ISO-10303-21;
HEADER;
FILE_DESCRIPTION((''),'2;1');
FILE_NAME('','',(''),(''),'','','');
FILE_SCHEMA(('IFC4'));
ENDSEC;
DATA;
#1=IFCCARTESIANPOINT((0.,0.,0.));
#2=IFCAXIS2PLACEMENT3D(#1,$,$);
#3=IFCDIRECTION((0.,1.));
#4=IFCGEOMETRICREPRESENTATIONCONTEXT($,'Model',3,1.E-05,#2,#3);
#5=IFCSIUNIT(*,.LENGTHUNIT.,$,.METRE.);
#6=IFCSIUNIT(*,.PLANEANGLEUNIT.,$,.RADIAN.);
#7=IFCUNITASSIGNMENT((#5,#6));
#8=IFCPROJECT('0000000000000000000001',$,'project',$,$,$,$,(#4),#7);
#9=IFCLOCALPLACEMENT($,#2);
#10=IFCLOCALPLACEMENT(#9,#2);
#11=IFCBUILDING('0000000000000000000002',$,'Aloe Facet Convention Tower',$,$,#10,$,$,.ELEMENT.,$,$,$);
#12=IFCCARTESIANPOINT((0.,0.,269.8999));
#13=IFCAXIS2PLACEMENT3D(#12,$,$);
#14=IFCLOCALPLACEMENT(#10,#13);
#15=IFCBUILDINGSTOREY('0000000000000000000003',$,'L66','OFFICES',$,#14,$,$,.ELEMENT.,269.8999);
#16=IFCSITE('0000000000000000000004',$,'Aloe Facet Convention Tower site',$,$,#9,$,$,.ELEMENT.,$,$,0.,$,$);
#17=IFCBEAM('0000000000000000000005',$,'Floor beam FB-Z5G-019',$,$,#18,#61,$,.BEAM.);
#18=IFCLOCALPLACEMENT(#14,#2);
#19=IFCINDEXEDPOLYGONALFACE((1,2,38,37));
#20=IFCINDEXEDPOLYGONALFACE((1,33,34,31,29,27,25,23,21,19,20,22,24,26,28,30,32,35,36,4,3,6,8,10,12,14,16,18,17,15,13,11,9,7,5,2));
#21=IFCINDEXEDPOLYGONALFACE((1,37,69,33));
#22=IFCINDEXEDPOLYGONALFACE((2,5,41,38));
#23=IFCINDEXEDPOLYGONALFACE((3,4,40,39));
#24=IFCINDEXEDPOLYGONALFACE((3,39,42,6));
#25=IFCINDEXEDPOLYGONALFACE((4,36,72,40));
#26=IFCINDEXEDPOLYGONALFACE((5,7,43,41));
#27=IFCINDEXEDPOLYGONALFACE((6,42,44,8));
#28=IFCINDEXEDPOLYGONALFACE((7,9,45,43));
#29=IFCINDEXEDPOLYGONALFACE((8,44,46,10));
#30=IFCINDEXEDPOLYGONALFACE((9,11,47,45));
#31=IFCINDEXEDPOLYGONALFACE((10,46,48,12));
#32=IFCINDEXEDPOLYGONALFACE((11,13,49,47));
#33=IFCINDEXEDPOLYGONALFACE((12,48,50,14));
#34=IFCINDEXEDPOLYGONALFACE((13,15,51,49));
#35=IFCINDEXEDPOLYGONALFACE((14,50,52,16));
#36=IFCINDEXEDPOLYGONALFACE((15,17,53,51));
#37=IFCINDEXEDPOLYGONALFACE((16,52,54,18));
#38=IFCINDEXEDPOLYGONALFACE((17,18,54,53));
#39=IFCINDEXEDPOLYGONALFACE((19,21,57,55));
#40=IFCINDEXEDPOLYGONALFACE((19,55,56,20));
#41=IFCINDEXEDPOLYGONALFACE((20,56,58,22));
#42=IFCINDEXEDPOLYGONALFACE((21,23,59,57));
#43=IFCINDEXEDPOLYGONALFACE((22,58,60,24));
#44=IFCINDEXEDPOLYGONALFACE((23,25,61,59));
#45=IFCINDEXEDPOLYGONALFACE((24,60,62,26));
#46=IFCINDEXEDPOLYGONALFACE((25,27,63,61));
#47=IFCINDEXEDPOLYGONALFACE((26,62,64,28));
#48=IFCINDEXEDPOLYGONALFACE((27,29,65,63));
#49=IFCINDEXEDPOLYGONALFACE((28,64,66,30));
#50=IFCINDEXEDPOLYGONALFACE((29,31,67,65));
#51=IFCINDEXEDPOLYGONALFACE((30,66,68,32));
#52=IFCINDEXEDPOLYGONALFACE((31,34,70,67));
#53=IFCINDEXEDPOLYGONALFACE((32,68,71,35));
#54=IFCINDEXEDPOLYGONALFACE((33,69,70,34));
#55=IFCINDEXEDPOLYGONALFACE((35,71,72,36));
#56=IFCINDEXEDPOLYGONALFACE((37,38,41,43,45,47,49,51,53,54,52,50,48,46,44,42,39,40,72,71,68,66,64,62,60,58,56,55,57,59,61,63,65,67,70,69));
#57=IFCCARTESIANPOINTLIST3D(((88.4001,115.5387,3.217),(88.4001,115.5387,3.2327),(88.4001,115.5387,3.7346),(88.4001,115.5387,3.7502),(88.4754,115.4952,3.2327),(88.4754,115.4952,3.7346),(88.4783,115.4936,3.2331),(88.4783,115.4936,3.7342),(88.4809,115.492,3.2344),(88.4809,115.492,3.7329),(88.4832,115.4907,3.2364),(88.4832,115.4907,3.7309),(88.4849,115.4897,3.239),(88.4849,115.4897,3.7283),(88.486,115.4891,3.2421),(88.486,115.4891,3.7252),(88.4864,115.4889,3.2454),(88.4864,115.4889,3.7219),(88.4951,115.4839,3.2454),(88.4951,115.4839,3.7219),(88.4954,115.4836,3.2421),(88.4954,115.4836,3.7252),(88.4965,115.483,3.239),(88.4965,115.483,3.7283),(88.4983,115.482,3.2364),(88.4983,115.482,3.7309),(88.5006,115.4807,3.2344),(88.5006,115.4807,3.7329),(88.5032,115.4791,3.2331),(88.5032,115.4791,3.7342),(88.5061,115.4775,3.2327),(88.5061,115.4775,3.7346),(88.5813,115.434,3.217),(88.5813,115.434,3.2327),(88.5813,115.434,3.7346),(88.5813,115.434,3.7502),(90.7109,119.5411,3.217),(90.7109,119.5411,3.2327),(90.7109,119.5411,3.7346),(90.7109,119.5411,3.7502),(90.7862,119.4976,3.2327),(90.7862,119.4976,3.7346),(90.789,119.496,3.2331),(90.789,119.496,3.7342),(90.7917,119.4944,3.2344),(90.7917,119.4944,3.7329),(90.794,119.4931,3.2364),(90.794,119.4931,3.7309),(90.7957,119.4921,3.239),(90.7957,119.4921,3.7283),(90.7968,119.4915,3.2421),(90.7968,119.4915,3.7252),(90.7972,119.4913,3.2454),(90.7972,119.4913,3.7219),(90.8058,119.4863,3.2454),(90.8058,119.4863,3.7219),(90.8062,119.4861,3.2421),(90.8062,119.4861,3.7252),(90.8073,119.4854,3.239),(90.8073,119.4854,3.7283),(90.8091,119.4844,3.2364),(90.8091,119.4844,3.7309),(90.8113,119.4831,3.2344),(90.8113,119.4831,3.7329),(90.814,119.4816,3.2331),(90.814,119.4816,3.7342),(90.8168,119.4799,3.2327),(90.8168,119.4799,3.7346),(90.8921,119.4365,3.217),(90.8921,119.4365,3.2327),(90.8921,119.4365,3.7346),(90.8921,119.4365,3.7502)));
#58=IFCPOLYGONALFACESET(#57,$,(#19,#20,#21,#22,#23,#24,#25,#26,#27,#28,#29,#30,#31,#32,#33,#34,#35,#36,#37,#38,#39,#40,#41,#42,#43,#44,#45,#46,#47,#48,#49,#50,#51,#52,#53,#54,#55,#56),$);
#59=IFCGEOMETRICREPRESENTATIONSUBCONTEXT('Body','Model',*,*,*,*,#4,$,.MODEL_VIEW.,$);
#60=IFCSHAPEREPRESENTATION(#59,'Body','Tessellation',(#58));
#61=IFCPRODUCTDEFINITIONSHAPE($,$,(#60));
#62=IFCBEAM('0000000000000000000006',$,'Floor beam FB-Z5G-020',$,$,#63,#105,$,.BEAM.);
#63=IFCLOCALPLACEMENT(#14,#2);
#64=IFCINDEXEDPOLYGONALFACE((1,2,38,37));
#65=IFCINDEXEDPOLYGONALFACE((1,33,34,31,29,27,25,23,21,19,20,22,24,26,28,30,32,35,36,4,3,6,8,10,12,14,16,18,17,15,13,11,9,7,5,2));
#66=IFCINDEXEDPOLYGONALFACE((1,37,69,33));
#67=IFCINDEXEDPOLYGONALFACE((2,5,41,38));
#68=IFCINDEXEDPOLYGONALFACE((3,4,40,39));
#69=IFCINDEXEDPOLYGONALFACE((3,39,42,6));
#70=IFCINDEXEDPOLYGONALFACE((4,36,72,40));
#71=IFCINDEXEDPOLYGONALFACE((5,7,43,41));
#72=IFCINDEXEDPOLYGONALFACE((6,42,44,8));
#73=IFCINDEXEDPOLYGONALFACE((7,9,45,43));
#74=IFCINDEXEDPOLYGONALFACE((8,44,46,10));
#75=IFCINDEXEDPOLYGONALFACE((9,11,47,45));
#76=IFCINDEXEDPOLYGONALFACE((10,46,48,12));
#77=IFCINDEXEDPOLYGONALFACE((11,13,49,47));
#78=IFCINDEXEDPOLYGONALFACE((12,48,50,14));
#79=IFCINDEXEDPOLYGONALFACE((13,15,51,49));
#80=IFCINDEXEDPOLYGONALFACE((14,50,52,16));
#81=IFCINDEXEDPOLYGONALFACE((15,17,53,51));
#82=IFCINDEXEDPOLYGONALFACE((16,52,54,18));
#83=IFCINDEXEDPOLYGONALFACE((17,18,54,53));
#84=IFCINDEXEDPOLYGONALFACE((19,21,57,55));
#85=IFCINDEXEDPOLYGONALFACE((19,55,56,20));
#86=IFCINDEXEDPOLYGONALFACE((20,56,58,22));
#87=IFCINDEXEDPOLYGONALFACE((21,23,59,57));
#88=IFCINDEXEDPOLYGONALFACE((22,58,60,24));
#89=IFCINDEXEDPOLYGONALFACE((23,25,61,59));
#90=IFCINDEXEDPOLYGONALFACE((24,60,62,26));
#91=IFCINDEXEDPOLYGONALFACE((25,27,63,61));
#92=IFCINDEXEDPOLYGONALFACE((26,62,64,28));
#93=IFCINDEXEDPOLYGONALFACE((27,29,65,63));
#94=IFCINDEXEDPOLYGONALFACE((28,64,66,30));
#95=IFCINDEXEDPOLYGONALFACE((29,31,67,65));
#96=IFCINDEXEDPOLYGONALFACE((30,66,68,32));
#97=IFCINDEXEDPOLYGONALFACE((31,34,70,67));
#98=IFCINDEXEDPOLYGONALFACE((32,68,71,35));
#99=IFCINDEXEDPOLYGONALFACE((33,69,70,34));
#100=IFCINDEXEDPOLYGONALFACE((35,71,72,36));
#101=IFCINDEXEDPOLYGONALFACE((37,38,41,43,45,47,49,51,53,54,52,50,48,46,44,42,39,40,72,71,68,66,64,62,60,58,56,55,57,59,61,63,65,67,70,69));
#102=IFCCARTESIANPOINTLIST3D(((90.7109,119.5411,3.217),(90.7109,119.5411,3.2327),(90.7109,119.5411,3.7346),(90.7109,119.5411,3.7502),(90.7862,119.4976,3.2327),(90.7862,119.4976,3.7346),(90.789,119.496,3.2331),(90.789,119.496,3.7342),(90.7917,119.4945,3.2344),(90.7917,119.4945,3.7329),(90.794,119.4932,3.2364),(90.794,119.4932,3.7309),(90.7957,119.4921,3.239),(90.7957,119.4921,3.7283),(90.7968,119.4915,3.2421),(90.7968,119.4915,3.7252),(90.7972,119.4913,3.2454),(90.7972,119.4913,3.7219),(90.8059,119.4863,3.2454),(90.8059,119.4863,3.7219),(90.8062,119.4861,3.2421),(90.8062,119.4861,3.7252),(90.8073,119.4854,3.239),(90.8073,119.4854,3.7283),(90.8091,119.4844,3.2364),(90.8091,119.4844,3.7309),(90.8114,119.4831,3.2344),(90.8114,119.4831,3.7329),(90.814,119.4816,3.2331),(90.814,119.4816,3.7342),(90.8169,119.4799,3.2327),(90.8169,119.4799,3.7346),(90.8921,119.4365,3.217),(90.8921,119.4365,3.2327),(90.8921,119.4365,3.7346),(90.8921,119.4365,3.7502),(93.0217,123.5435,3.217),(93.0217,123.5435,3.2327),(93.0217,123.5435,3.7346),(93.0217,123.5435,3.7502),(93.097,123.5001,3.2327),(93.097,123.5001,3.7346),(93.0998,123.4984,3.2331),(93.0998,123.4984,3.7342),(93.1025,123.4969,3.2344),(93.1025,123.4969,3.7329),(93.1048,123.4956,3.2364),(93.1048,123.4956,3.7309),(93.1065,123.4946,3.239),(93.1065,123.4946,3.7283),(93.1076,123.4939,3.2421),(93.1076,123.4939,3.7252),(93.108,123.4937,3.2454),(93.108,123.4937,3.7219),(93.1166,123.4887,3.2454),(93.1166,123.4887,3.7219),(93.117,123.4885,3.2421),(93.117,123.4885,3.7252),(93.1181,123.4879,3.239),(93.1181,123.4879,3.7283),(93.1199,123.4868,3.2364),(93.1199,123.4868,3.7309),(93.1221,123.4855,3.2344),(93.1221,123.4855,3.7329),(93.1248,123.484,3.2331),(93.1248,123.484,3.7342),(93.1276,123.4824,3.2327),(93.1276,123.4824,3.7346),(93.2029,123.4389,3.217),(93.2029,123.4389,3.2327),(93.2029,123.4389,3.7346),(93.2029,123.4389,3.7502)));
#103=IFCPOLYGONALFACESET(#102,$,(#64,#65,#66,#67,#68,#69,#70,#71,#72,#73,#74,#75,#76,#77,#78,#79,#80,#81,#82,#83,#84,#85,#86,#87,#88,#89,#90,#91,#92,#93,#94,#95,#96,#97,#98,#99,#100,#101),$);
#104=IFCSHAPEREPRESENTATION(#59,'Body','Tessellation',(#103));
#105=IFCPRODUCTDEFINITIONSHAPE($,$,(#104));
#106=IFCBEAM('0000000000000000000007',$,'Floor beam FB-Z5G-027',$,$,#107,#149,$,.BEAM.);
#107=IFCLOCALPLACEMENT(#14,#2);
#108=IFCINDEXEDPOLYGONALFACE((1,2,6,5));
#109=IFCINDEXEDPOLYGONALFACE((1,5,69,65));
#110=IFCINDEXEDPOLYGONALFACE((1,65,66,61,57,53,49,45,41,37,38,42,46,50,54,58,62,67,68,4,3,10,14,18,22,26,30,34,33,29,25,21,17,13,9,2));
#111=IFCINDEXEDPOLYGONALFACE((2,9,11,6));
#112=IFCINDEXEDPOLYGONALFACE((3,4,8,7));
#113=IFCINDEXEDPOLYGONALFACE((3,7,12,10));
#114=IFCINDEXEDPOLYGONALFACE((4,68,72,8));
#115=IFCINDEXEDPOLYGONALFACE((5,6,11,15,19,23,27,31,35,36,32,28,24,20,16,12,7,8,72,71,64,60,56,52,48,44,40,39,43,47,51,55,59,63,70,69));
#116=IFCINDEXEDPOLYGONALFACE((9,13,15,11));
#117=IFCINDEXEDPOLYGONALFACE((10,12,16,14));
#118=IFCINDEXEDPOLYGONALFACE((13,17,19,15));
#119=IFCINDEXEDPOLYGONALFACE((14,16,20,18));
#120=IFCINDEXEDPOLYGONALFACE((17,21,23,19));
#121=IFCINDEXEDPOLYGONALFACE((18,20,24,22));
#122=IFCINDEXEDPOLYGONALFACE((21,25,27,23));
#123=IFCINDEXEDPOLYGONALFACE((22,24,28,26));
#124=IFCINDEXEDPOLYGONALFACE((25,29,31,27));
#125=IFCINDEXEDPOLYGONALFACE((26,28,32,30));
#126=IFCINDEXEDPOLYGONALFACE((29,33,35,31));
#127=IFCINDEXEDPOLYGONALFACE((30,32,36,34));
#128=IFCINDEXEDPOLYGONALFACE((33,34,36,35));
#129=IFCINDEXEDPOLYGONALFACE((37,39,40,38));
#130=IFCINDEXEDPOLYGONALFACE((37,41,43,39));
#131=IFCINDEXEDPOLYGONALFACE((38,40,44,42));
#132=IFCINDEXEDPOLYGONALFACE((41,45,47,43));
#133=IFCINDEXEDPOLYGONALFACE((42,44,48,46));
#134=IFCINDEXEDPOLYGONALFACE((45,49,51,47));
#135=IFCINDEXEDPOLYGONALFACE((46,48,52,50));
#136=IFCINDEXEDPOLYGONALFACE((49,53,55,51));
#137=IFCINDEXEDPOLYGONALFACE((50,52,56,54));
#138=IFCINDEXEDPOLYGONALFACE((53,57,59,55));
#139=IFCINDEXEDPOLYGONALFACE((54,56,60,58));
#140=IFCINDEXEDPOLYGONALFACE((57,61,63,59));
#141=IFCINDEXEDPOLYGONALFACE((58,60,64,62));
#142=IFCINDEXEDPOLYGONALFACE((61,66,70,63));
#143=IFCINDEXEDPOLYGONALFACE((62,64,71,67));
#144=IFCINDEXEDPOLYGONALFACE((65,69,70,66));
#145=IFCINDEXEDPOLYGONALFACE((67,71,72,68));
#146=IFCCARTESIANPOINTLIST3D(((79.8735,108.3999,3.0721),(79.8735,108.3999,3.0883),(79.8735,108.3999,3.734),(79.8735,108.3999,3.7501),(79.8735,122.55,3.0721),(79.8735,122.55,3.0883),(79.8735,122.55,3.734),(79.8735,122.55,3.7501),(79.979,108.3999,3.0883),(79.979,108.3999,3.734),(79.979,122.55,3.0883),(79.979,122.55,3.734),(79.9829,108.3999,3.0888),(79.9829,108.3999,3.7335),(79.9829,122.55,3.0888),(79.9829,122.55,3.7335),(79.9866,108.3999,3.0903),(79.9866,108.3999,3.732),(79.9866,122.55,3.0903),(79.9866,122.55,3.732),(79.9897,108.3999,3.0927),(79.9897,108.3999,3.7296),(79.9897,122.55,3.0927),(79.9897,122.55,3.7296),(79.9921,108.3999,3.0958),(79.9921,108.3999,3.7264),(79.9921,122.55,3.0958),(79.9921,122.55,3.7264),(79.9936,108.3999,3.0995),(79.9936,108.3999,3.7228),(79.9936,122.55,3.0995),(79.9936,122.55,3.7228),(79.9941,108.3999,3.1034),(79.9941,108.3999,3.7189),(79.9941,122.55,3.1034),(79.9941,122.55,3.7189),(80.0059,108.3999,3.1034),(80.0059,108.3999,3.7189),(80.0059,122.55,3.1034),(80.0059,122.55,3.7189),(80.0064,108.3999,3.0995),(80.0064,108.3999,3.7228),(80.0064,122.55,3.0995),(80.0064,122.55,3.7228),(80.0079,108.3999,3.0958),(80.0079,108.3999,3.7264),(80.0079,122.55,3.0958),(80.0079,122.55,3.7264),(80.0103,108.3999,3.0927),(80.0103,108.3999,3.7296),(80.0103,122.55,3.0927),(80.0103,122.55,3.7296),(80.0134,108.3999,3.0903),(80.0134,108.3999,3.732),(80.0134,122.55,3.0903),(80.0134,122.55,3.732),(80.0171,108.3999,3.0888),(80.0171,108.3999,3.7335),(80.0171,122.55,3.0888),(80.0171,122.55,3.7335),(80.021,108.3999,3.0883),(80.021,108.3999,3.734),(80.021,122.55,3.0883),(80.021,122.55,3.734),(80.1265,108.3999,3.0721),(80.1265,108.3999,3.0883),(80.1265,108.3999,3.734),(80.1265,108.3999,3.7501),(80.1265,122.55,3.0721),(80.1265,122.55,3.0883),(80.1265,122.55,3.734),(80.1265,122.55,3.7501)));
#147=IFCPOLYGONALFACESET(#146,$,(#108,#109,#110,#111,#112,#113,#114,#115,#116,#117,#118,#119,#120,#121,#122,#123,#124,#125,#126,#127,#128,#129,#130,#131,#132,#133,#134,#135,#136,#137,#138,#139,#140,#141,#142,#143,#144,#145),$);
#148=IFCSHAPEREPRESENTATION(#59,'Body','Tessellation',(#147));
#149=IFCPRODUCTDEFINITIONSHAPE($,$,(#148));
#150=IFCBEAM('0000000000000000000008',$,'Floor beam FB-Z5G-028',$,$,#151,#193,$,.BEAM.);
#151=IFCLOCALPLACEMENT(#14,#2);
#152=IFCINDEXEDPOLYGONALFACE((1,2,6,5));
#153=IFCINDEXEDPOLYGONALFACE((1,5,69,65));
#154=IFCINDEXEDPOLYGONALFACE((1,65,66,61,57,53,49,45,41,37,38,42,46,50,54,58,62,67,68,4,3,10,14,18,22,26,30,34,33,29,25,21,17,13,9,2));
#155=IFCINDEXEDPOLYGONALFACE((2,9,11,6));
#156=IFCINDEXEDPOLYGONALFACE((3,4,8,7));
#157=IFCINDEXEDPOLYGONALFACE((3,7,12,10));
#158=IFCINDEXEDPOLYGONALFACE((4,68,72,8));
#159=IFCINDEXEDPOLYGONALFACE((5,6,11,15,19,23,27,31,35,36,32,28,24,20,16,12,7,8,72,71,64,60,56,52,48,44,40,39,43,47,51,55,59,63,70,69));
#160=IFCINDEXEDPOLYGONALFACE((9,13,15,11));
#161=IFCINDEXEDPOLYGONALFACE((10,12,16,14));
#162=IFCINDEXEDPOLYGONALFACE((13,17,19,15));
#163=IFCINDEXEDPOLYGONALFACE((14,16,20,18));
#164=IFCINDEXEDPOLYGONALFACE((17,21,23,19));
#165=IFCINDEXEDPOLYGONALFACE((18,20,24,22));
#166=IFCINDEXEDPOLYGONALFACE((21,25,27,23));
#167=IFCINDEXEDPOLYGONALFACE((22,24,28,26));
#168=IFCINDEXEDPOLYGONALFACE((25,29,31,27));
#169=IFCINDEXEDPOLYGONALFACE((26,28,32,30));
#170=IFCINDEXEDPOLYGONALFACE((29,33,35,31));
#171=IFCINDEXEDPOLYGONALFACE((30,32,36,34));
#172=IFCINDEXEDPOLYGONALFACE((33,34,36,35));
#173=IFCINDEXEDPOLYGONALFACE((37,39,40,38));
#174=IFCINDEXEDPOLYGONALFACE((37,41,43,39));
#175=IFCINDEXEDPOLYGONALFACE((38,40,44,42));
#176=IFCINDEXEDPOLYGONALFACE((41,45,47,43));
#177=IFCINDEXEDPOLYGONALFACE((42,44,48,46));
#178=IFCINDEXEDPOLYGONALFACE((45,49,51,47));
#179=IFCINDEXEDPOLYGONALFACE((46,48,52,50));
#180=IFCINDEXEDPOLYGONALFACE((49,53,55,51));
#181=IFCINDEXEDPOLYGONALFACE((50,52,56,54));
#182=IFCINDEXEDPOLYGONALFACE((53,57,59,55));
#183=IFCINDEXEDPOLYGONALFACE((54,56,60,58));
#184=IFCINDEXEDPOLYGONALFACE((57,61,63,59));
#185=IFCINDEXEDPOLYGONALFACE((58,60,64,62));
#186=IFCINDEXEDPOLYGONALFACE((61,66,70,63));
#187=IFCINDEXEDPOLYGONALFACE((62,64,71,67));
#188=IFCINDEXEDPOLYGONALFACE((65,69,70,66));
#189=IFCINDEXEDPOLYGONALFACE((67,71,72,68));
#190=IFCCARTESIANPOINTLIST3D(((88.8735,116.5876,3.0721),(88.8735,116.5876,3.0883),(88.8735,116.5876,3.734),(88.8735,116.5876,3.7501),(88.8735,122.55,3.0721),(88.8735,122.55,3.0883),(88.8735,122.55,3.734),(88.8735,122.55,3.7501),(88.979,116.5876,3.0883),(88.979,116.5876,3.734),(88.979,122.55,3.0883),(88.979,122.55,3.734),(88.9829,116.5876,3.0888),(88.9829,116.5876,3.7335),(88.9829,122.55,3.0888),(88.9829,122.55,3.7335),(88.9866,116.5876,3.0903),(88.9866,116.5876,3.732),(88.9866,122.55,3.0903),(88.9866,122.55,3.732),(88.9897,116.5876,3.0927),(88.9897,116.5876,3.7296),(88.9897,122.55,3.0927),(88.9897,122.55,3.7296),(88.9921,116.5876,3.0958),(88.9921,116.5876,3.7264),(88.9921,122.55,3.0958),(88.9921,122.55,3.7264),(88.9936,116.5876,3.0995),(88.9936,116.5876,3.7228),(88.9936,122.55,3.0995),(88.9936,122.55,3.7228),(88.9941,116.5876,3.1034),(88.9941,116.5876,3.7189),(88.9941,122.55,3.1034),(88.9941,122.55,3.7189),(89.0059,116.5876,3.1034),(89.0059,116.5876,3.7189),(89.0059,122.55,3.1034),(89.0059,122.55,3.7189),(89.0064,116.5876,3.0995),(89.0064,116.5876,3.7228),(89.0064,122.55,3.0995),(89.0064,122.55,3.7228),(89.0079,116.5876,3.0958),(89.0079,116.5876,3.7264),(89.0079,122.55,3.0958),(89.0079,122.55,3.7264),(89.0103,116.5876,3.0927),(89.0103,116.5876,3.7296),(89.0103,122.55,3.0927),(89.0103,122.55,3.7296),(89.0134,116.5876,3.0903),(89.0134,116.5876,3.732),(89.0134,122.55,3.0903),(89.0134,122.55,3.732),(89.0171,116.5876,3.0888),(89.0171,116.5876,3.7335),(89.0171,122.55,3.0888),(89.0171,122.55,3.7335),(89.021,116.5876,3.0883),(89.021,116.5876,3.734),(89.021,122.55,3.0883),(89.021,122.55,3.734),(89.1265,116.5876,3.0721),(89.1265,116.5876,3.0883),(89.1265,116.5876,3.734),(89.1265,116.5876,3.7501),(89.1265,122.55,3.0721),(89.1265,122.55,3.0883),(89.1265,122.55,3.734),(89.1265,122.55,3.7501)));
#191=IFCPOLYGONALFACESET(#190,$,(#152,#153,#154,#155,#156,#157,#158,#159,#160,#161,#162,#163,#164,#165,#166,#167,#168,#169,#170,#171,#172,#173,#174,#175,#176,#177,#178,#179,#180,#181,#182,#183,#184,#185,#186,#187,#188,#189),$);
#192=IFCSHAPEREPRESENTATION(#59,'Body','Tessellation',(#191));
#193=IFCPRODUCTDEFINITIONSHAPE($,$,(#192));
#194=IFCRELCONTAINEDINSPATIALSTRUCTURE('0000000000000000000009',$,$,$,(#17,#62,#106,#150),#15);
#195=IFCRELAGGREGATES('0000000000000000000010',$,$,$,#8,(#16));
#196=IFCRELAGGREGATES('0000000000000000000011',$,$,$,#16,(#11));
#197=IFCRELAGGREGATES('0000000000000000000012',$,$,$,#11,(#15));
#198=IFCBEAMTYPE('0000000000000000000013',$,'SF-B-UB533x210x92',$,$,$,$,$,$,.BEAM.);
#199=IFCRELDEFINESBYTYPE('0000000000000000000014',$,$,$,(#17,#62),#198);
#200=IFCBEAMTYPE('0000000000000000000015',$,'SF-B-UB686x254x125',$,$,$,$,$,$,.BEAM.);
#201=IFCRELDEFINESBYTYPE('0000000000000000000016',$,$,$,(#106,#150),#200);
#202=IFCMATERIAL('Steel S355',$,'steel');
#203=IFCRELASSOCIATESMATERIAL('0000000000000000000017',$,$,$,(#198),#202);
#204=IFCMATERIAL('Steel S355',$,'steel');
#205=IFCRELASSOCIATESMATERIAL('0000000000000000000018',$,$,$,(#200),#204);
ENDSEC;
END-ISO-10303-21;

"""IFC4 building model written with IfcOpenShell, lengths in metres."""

from ifc_helpers import new_model, si_unit, direction, frame, origin, origin_2d, place, context, subcontext, project, spatial, i_section, extrude, material, material_profile, profile_set, type_object, element, save


model = new_model("IFC4")

# Units and contexts
model_context = context("Model", 3, precision=1e-05, world=origin(), true_north=direction((0.0, 1.0)))
body_context = subcontext(model_context, "Body", "Model", "MODEL_VIEW")
ifc_project = project(units=[si_unit("LENGTHUNIT", "METRE"), si_unit("PLANEANGLEUNIT", "RADIAN")], contexts=[model_context])

# Site, building, storey
site_placement = place(None, origin())
site = spatial("IfcSite", under=ifc_project, at=site_placement, Name="Aloe Facet Convention Tower site", CompositionType="ELEMENT", RefElevation=0.0)
building_placement = place(site_placement, origin())
building = spatial("IfcBuilding", under=site, at=building_placement, Name="Aloe Facet Convention Tower", CompositionType="ELEMENT")
storey_placement = place(building_placement, frame((0.0, 0.0, 269.8999)))
storey = spatial("IfcBuildingStorey", under=building, at=storey_placement, Name="L66", Description="OFFICES", CompositionType="ELEMENT", Elevation=269.8999)

# Beams
ifc_material_1 = material(Name="Steel S355", Category="steel")
ifc_material_profile_1 = material_profile(ifc_material_1, i_section(OverallWidth=0.2092, OverallDepth=0.5332, WebThickness=0.01, FlangeThickness=0.0156, FilletRadius=0.0127, at=origin_2d()), Name="UB 533x210x92")
ifc_profile_set_1 = profile_set([ifc_material_profile_1], Name="Steel S355")
beam_type_1 = type_object("IfcBeamType", Name="SF-B-UB533x210x92", PredefinedType="BEAM", material=ifc_profile_set_1)
for number, where, z_axis, x_axis, name in (
    (1, (90.8015, 119.4888, 3.4836), (-0.499997, -0.866027, 0.0), (0.866027, -0.499997, 0.0), "Floor beam FB-Z5G-019"),
    (2, (93.1123, 123.4912, 3.4836), (-0.499997, -0.866027, 0.0), (0.866027, -0.499997, 0.0), "Floor beam FB-Z5G-020"),
):
    element("IfcBeam", number, at=place(storey_placement, frame(where, z_axis=z_axis, x_axis=x_axis)), inside=storey, type_object=beam_type_1, Name=name, PredefinedType="BEAM", context=body_context, shape_type="SweptSolid", body=[
        extrude(i_section(OverallWidth=0.2092, OverallDepth=0.5332, WebThickness=0.01, FlangeThickness=0.0156, FilletRadius=0.0127, at=origin_2d()), origin(), (0.0, 0.0, 1.0), 4.6216),
    ])
ifc_material_2 = material(Name="Steel S355", Category="steel")
ifc_material_profile_2 = material_profile(ifc_material_2, i_section(OverallWidth=0.2529, OverallDepth=0.678, WebThickness=0.0117, FlangeThickness=0.0161, FilletRadius=0.0151, at=origin_2d()), Name="UB 686x254x125")
ifc_profile_set_2 = profile_set([ifc_material_profile_2], Name="Steel S355")
beam_type_2 = type_object("IfcBeamType", Name="SF-B-UB686x254x125", PredefinedType="BEAM", material=ifc_profile_set_2)
beam_1_placement = place(storey_placement, frame((80.0, 122.55, 3.4111), z_axis=(0.0, -1.0, 0.0), x_axis=(1.0, 0.0, 0.0)))
element("IfcBeam", 3, at=beam_1_placement, inside=storey, type_object=beam_type_2, Name="Floor beam FB-Z5G-027", PredefinedType="BEAM", context=body_context, shape_type="SweptSolid", body=[
    extrude(i_section(OverallWidth=0.2529, OverallDepth=0.678, WebThickness=0.0117, FlangeThickness=0.0161, FilletRadius=0.0151, at=origin_2d()), origin(), (0.0, 0.0, 1.0), 14.1501),
])
beam_2_placement = place(storey_placement, frame((89.0, 122.55, 3.4111), z_axis=(0.0, -1.0, 0.0), x_axis=(1.0, 0.0, 0.0)))
element("IfcBeam", 4, at=beam_2_placement, inside=storey, type_object=beam_type_2, Name="Floor beam FB-Z5G-028", PredefinedType="BEAM", context=body_context, shape_type="SweptSolid", body=[
    extrude(i_section(OverallWidth=0.2529, OverallDepth=0.678, WebThickness=0.0117, FlangeThickness=0.0161, FilletRadius=0.0151, at=origin_2d()), origin(), (0.0, 0.0, 1.0), 5.9624),
])

save(model, "model.ifc")
